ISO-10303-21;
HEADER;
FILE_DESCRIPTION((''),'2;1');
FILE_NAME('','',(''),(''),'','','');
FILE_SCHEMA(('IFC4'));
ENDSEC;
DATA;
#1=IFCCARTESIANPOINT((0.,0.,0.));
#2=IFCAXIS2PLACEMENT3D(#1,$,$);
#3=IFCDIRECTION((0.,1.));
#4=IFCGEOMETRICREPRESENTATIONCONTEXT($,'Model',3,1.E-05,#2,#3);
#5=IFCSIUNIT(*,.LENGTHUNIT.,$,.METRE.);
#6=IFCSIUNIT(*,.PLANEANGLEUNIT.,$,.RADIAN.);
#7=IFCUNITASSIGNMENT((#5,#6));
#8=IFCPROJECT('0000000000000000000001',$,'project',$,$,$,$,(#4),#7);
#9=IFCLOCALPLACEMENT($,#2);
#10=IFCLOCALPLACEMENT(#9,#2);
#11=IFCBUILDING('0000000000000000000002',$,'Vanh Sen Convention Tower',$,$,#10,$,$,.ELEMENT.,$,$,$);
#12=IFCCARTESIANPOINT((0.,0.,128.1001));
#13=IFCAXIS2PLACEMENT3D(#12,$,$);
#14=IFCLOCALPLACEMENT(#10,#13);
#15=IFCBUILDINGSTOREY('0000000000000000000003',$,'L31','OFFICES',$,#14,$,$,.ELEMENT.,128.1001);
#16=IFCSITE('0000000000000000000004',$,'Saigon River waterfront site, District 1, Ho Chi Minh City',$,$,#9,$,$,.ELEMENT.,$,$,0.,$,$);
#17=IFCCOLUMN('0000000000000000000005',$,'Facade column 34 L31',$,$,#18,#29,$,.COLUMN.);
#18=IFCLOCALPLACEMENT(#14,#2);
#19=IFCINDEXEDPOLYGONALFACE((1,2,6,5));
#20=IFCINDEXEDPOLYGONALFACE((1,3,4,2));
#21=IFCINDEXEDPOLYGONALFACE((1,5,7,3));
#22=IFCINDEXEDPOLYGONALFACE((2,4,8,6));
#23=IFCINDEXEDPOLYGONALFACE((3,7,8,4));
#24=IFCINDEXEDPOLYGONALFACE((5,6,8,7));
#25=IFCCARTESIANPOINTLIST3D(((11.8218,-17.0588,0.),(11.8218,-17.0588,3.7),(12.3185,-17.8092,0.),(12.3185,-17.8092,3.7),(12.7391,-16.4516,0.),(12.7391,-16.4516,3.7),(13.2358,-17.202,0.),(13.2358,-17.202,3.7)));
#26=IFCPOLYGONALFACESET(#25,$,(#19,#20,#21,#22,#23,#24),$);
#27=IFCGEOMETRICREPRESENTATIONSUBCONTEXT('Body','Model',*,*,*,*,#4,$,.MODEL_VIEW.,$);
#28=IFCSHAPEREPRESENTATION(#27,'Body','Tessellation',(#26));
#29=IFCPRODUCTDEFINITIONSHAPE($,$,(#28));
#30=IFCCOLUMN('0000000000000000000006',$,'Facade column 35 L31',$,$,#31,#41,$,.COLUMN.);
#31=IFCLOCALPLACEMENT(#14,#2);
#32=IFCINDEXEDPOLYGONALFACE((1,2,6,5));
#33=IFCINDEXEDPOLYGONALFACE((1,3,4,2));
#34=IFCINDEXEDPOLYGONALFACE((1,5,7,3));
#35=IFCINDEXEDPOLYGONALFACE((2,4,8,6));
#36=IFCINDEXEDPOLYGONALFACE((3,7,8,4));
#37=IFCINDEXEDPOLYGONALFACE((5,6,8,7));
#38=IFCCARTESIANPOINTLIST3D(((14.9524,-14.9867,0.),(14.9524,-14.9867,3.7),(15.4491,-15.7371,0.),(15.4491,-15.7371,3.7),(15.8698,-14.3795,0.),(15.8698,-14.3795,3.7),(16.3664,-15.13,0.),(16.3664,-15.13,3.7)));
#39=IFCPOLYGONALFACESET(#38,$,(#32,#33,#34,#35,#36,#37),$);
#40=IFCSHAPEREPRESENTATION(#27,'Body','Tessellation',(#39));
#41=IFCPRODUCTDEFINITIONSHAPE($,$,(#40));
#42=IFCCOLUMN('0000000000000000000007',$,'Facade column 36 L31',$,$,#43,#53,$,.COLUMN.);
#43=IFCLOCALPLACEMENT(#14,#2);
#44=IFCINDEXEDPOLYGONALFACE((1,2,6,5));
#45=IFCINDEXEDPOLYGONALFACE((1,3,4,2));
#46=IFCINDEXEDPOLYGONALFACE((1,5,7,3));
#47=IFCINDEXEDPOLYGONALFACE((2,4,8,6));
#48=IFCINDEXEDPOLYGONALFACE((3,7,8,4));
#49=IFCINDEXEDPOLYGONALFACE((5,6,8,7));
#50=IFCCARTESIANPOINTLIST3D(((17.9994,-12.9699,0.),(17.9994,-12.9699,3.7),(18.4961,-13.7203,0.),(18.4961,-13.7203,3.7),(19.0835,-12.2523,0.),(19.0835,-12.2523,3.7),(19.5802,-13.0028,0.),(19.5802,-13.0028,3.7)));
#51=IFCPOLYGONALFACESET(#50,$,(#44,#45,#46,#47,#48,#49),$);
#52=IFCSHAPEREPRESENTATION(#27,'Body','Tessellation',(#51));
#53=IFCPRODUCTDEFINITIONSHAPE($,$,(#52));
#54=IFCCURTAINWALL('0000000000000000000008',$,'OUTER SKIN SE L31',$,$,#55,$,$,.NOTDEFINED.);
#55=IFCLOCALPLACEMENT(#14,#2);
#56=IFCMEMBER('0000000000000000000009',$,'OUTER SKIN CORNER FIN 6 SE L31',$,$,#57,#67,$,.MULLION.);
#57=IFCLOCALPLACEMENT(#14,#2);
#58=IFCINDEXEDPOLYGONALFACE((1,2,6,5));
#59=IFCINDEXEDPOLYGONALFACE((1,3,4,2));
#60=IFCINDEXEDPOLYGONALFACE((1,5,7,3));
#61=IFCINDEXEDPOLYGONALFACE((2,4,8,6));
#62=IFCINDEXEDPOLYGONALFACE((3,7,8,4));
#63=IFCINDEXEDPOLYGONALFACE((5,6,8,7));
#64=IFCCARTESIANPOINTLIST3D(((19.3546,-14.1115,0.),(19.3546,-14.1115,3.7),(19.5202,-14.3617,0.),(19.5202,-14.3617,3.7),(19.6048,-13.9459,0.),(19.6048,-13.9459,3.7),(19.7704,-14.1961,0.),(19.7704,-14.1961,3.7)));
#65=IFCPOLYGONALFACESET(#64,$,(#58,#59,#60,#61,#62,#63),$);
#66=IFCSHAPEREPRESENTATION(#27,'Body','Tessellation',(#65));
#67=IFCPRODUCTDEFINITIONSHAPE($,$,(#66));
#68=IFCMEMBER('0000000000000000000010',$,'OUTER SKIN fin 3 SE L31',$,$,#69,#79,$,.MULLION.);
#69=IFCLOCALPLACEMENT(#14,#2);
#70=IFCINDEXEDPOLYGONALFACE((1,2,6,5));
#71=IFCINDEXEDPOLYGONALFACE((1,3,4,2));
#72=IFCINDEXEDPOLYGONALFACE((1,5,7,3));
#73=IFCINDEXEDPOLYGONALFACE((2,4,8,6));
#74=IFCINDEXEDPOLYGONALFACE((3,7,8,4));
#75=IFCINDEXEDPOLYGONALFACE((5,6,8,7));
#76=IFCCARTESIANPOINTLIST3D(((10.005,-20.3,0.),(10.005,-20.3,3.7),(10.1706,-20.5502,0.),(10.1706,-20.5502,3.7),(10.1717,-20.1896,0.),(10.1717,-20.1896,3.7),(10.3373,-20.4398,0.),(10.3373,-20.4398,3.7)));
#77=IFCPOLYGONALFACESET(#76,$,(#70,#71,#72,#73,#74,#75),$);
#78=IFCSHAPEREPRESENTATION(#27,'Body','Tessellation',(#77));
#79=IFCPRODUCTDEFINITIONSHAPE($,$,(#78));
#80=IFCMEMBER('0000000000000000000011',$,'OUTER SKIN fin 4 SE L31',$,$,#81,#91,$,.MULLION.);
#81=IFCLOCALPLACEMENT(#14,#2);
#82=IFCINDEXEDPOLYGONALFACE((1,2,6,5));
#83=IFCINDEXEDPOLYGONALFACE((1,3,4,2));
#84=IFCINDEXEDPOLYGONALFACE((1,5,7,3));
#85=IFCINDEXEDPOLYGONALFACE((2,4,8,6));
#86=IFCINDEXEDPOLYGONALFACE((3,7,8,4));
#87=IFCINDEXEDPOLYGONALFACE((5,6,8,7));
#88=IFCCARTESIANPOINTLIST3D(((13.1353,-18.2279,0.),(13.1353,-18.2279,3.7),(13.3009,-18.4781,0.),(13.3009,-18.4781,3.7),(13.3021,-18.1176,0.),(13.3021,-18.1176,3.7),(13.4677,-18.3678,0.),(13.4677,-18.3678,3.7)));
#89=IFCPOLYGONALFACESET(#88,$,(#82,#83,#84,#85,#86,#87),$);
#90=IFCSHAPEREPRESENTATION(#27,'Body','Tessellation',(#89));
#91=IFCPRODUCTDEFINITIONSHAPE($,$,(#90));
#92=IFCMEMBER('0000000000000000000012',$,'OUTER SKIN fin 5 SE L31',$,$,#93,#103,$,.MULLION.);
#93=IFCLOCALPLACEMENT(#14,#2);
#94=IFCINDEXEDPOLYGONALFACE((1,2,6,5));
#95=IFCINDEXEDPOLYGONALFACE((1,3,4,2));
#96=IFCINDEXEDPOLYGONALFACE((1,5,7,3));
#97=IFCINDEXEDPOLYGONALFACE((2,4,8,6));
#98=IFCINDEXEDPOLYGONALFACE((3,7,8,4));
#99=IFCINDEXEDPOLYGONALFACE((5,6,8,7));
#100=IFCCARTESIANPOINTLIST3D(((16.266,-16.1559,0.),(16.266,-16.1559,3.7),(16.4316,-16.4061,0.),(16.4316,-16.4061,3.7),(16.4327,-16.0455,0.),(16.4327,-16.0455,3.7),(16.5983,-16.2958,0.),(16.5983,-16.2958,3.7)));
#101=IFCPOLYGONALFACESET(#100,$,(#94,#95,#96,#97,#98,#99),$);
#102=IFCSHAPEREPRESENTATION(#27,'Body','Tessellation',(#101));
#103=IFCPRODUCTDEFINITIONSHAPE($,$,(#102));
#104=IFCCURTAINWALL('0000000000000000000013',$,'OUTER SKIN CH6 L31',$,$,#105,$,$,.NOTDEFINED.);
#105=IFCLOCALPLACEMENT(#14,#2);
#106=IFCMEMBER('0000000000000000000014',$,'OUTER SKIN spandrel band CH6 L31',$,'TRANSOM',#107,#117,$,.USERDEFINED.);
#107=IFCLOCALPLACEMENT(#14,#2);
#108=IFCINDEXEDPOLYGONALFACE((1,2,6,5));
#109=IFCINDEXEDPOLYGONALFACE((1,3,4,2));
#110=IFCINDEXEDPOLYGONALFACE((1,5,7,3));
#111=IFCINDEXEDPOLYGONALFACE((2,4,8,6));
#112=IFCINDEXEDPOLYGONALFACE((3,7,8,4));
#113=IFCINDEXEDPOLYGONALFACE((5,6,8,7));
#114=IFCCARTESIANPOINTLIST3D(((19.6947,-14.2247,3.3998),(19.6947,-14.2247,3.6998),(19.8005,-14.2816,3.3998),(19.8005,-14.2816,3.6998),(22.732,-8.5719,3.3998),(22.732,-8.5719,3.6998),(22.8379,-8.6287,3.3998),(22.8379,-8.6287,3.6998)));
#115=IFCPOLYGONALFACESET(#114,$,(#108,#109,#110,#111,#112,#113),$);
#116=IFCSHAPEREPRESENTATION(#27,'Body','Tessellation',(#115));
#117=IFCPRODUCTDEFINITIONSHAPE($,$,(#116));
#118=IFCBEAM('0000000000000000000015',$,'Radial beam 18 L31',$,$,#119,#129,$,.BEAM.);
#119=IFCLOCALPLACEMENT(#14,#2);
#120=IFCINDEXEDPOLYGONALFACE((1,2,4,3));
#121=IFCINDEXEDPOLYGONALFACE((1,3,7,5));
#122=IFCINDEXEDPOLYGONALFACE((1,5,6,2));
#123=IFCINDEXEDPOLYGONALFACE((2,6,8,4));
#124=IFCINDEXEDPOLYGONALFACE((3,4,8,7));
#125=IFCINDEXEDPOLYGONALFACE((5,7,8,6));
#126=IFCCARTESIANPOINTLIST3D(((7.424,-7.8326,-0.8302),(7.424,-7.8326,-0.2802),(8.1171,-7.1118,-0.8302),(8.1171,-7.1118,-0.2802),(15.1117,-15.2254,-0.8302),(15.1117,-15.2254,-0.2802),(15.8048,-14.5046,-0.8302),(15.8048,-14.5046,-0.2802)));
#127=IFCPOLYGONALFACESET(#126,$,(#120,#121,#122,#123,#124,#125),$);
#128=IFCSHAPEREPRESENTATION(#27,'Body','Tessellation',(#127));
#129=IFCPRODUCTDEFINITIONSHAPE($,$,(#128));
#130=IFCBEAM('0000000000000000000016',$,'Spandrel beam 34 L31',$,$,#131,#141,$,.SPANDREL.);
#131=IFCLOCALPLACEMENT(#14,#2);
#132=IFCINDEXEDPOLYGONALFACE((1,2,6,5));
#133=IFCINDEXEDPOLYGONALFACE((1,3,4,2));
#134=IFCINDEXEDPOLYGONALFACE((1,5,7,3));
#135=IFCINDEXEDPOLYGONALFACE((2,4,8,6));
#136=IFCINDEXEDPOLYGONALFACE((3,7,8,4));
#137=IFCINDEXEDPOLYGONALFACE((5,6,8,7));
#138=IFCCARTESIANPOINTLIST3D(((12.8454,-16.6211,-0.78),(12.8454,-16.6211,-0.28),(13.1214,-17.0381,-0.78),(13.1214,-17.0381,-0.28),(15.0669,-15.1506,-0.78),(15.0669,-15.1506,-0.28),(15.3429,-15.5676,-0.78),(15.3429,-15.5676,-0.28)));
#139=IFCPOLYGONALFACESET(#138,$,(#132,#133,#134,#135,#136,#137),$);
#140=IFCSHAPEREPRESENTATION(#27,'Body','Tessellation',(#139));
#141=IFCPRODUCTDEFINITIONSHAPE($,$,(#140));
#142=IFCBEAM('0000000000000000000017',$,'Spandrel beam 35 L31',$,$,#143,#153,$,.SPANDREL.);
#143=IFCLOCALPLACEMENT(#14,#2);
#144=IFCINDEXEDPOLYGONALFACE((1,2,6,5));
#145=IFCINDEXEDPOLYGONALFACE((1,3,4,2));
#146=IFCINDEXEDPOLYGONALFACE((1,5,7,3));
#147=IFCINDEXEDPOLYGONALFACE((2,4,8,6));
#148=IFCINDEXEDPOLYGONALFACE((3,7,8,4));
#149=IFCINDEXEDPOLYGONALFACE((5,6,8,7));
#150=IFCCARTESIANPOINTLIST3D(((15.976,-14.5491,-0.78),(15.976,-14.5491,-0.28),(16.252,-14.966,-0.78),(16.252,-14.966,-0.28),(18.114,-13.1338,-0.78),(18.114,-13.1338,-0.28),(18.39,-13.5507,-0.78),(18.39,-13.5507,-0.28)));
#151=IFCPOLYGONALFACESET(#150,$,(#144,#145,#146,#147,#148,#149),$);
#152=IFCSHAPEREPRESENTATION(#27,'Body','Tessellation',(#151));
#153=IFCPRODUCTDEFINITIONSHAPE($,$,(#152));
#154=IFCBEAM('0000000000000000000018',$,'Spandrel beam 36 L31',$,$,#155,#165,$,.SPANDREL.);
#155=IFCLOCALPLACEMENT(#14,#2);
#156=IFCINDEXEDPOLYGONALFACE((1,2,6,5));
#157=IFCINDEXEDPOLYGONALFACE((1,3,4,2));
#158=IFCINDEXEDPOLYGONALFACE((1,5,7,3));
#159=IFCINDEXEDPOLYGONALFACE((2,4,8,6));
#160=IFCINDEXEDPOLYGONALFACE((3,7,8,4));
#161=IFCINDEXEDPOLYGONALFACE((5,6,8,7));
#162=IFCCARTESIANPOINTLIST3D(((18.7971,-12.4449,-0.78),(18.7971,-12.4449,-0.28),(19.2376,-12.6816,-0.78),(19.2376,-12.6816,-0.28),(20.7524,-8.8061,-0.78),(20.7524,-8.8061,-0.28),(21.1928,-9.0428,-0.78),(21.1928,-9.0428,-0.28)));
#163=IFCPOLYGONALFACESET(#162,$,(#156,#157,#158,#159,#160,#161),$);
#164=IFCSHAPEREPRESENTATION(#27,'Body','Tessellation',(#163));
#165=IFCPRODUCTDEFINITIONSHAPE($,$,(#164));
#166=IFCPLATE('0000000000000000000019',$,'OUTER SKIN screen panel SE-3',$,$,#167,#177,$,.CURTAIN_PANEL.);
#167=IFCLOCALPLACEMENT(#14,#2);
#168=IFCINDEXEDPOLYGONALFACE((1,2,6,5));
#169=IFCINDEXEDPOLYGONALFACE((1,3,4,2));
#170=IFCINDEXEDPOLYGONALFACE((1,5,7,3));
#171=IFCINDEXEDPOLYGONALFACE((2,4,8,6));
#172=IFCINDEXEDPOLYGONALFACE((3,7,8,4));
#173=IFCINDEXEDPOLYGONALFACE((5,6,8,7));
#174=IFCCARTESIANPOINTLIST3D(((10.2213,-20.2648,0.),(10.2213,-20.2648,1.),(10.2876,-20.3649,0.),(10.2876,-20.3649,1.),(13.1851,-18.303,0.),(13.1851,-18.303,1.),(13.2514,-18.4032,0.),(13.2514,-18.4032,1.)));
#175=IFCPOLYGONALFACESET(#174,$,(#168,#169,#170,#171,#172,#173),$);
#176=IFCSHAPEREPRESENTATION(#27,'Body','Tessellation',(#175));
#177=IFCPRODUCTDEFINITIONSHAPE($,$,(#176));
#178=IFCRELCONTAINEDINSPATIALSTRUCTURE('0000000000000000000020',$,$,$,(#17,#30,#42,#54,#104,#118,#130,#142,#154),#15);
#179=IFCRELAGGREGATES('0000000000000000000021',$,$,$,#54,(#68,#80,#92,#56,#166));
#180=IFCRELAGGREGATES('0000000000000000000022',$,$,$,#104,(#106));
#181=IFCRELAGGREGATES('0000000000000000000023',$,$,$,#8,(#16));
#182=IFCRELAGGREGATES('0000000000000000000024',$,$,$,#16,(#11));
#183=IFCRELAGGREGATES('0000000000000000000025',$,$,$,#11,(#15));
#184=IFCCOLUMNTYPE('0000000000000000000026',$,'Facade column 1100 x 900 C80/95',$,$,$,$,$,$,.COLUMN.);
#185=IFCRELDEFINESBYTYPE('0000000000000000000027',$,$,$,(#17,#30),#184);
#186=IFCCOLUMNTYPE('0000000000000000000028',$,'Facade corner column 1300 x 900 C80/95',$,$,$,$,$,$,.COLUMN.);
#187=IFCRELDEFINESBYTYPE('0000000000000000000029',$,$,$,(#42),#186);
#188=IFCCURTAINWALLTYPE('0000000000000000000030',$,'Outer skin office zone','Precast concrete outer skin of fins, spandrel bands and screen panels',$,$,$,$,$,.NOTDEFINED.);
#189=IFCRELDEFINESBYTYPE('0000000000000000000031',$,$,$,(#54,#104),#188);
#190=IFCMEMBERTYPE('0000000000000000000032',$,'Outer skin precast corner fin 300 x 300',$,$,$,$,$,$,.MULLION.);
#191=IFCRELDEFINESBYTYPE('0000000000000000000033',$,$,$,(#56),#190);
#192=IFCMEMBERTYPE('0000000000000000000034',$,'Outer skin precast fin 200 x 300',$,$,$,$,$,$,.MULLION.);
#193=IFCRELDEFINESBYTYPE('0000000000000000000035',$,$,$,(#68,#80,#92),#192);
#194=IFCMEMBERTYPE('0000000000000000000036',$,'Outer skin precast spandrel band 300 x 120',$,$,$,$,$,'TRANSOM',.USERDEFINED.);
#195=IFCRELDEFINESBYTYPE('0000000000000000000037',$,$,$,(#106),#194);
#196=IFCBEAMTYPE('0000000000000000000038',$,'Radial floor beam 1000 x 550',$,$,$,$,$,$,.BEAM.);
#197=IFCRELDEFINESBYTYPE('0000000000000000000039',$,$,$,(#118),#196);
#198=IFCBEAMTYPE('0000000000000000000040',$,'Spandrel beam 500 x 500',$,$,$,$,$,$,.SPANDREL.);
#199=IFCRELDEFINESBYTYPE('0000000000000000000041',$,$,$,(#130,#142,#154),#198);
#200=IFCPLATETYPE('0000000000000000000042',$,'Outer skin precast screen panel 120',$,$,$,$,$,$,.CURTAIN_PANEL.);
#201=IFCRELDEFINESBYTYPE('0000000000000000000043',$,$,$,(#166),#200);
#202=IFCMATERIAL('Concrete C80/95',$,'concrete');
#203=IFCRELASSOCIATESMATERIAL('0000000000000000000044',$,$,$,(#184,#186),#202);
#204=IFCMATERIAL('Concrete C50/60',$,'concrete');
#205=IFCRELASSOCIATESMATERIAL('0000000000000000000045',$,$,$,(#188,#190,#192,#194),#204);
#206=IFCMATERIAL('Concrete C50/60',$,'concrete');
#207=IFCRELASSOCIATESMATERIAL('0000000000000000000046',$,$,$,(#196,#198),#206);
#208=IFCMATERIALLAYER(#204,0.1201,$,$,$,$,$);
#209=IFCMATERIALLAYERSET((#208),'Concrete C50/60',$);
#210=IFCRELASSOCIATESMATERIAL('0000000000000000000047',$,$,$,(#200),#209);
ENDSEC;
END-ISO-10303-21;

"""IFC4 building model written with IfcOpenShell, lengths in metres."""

from ifc_helpers import new_model, si_unit, direction, frame, origin, origin_2d, place, context, subcontext, project, spatial, rectangle, extrude, material, layer, layer_set, material_profile, profile_set, type_object, element, aggregate, save


model = new_model("IFC4")

# Units and contexts
model_context = context("Model", 3, precision=1e-05, world=origin(), true_north=direction((0.0, 1.0)))
body_context = subcontext(model_context, "Body", "Model", "MODEL_VIEW")
ifc_project = project(units=[si_unit("LENGTHUNIT", "METRE"), si_unit("PLANEANGLEUNIT", "RADIAN")], contexts=[model_context])

# Site, building, storey
site_placement = place(None, origin())
site = spatial("IfcSite", under=ifc_project, at=site_placement, Name="Saigon River waterfront site, District 1, Ho Chi Minh City", CompositionType="ELEMENT", RefElevation=0.0)
building_placement = place(site_placement, origin())
building = spatial("IfcBuilding", under=site, at=building_placement, Name="Vanh Sen Convention Tower", CompositionType="ELEMENT")
storey_placement = place(building_placement, frame((0.0, 0.0, 128.1001)))
storey = spatial("IfcBuildingStorey", under=building, at=storey_placement, Name="L31", Description="OFFICES", CompositionType="ELEMENT", Elevation=128.1001)

# Columns
ifc_material_1 = material(Name="Concrete C80/95", Category="concrete")
ifc_material_profile_1 = material_profile(ifc_material_1, rectangle(XDim=1.1001, YDim=0.8999, at=origin_2d()), Name="RC 1100X900")
ifc_profile_set_1 = profile_set([ifc_material_profile_1], Name="Concrete C80/95")
column_type_1 = type_object("IfcColumnType", Name="Facade column 1100 x 900 C80/95", PredefinedType="COLUMN", material=ifc_profile_set_1)
for number, where, z_axis, x_axis, name in (
    (1, (12.5288, -17.1304, 0.0), (0.0, 0.0, 1.0), (0.833886, 0.551937, 0.0), "Facade column 34 L31"),
    (2, (15.6594, -15.0583, 0.0), (0.0, 0.0, 1.0), (0.833886, 0.551937, 0.0), "Facade column 35 L31"),
):
    element("IfcColumn", number, at=place(storey_placement, frame(where, z_axis=z_axis, x_axis=x_axis)), inside=storey, type_object=column_type_1, Name=name, PredefinedType="COLUMN", context=body_context, shape_type="SweptSolid", body=[
        extrude(rectangle(XDim=1.1001, YDim=0.8999, at=origin_2d()), origin(), (0.0, 0.0, 1.0), 3.7),
    ])
ifc_material_profile_2 = material_profile(ifc_material_1, rectangle(XDim=1.3, YDim=0.8999, at=origin_2d()), Name="RC 1300X900")
ifc_profile_set_2 = profile_set([ifc_material_profile_2], Name="Concrete C80/95")
column_type_2 = type_object("IfcColumnType", Name="Facade corner column 1300 x 900 C80/95", PredefinedType="COLUMN", material=ifc_profile_set_2)
column_placement = place(storey_placement, frame((18.7898, -12.9863, 0.0), z_axis=(0.0, 0.0, 1.0), x_axis=(0.833886, 0.551937, 0.0)))
element("IfcColumn", 3, at=column_placement, inside=storey, type_object=column_type_2, Name="Facade column 36 L31", PredefinedType="COLUMN", context=body_context, shape_type="SweptSolid", body=[
    extrude(rectangle(XDim=1.3, YDim=0.8999, at=origin_2d()), origin(), (0.0, 0.0, 1.0), 3.7),
])

# Curtain wall, members
ifc_material_2 = material(Name="Concrete C50/60", Category="concrete")
curtain_wall_type = type_object("IfcCurtainWallType", Name="Outer skin office zone", Description="Precast concrete outer skin of fins, spandrel bands and screen panels", PredefinedType="NOTDEFINED", material=ifc_material_2)
curtain_wall_1_placement = place(storey_placement, origin())
curtain_wall_1 = element("IfcCurtainWall", 4, at=curtain_wall_1_placement, inside=storey, type_object=curtain_wall_type, Name="OUTER SKIN SE L31", PredefinedType="NOTDEFINED")
ifc_material_profile_3 = material_profile(ifc_material_2, rectangle(XDim=0.3, YDim=0.3, at=origin_2d()), Name="Outer skin precast corner fin 300 x 300")
ifc_profile_set_3 = profile_set([ifc_material_profile_3], Name="Concrete C50/60")
member_type_1 = type_object("IfcMemberType", Name="Outer skin precast corner fin 300 x 300", PredefinedType="MULLION", material=ifc_profile_set_3)
member_1_placement = place(storey_placement, frame((19.5625, -14.1538, 0.0), z_axis=(0.0, 0.0, 1.0), x_axis=(0.833886, 0.551937, 0.0)))
member_1 = element("IfcMember", 5, at=member_1_placement, type_object=member_type_1, Name="OUTER SKIN CORNER FIN 6 SE L31", PredefinedType="MULLION", context=body_context, shape_type="SweptSolid", body=[
    extrude(rectangle(XDim=0.3, YDim=0.3, at=origin_2d()), origin(), (0.0, 0.0, 1.0), 3.7),
])
ifc_material_profile_4 = material_profile(ifc_material_2, rectangle(XDim=0.2, YDim=0.3, at=origin_2d()), Name="Outer skin precast fin 200 x 300")
ifc_profile_set_4 = profile_set([ifc_material_profile_4], Name="Concrete C50/60")
member_type_2 = type_object("IfcMemberType", Name="Outer skin precast fin 200 x 300", PredefinedType="MULLION", material=ifc_profile_set_4)
member_2_placement = place(storey_placement, frame((10.1711, -20.3699, 0.0), z_axis=(0.0, 0.0, 1.0), x_axis=(0.833886, 0.551937, 0.0)))
member_2 = element("IfcMember", 6, at=member_2_placement, type_object=member_type_2, Name="OUTER SKIN fin 3 SE L31", PredefinedType="MULLION", context=body_context, shape_type="SweptSolid", body=[
    extrude(rectangle(XDim=0.2, YDim=0.3, at=origin_2d()), origin(), (0.0, 0.0, 1.0), 3.7),
])
member_3_placement = place(storey_placement, frame((13.3015, -18.2979, 0.0), z_axis=(0.0, 0.0, 1.0), x_axis=(0.833886, 0.551937, 0.0)))
member_3 = element("IfcMember", 7, at=member_3_placement, type_object=member_type_2, Name="OUTER SKIN fin 4 SE L31", PredefinedType="MULLION", context=body_context, shape_type="SweptSolid", body=[
    extrude(rectangle(XDim=0.2, YDim=0.3, at=origin_2d()), origin(), (0.0, 0.0, 1.0), 3.7),
])
member_4_placement = place(storey_placement, frame((16.4321, -16.2258, 0.0), z_axis=(0.0, 0.0, 1.0), x_axis=(0.833886, 0.551937, 0.0)))
member_4 = element("IfcMember", 8, at=member_4_placement, type_object=member_type_2, Name="OUTER SKIN fin 5 SE L31", PredefinedType="MULLION", context=body_context, shape_type="SweptSolid", body=[
    extrude(rectangle(XDim=0.2, YDim=0.3, at=origin_2d()), origin(), (0.0, 0.0, 1.0), 3.7),
])

# Curtain wall, member
curtain_wall_2_placement = place(storey_placement, origin())
curtain_wall_2 = element("IfcCurtainWall", 9, at=curtain_wall_2_placement, inside=storey, type_object=curtain_wall_type, Name="OUTER SKIN CH6 L31", PredefinedType="NOTDEFINED")
ifc_material_profile_5 = material_profile(ifc_material_2, rectangle(XDim=0.1201, YDim=0.3, at=origin_2d()), Name="Outer skin precast spandrel band 300 x 120")
ifc_profile_set_5 = profile_set([ifc_material_profile_5], Name="Concrete C50/60")
member_type_3 = type_object("IfcMemberType", Name="Outer skin precast spandrel band 300 x 120", ElementType="TRANSOM", PredefinedType="USERDEFINED", material=ifc_profile_set_5)
member_5_placement = place(storey_placement, frame((19.7476, -14.2532, 3.5498), z_axis=(0.473317, 0.880892, 0.0), x_axis=(-0.880892, 0.473317, 0.0)))
member_5 = element("IfcMember", 10, at=member_5_placement, type_object=member_type_3, Name="OUTER SKIN spandrel band CH6 L31", ObjectType="TRANSOM", PredefinedType="USERDEFINED", context=body_context, shape_type="SweptSolid", body=[
    extrude(rectangle(XDim=0.1201, YDim=0.3, at=origin_2d()), origin(), (0.0, 0.0, 1.0), 6.4172),
])

# Beams
ifc_material_3 = material(Name="Concrete C50/60", Category="concrete")
ifc_material_profile_6 = material_profile(ifc_material_3, rectangle(XDim=1.0, YDim=0.55, at=origin_2d()), Name="RC 1000X550")
ifc_profile_set_6 = profile_set([ifc_material_profile_6], Name="Concrete C50/60")
beam_type_1 = type_object("IfcBeamType", Name="Radial floor beam 1000 x 550", PredefinedType="BEAM", material=ifc_profile_set_6)
beam_1_placement = place(storey_placement, frame((15.4583, -14.865, -0.5552), z_axis=(-0.720797, 0.693146, 0.0), x_axis=(-0.693146, -0.720797, 0.0)))
element("IfcBeam", 11, at=beam_1_placement, inside=storey, type_object=beam_type_1, Name="Radial beam 18 L31", PredefinedType="BEAM", context=body_context, shape_type="SweptSolid", body=[
    extrude(rectangle(XDim=1.0, YDim=0.55, at=origin_2d()), origin(), (0.0, 0.0, 1.0), 10.6655),
])
ifc_material_profile_7 = material_profile(ifc_material_3, rectangle(XDim=0.5, YDim=0.5, at=origin_2d()), Name="RC 500X500")
ifc_profile_set_7 = profile_set([ifc_material_profile_7], Name="Concrete C50/60")
beam_type_2 = type_object("IfcBeamType", Name="Spandrel beam 500 x 500", PredefinedType="SPANDREL", material=ifc_profile_set_7)
beam_2_placement = place(storey_placement, frame((12.9834, -16.8296, -0.53), z_axis=(0.833865, 0.551969, 0.0), x_axis=(-0.551969, 0.833865, 0.0)))
element("IfcBeam", 12, at=beam_2_placement, inside=storey, type_object=beam_type_2, Name="Spandrel beam 34 L31", PredefinedType="SPANDREL", context=body_context, shape_type="SweptSolid", body=[
    extrude(rectangle(XDim=0.5, YDim=0.5, at=origin_2d()), origin(), (0.0, 0.0, 1.0), 2.6641),
])
beam_3_placement = place(storey_placement, frame((16.114, -14.7576, -0.53), z_axis=(0.833848, 0.551994, 0.0), x_axis=(-0.551994, 0.833848, 0.0)))
element("IfcBeam", 13, at=beam_3_placement, inside=storey, type_object=beam_type_2, Name="Spandrel beam 35 L31", PredefinedType="SPANDREL", context=body_context, shape_type="SweptSolid", body=[
    extrude(rectangle(XDim=0.5, YDim=0.5, at=origin_2d()), origin(), (0.0, 0.0, 1.0), 2.564),
])
beam_4_placement = place(storey_placement, frame((19.0173, -12.5632, -0.53), z_axis=(0.473331, 0.880884, 0.0), x_axis=(-0.880884, 0.473331, 0.0)))
element("IfcBeam", 14, at=beam_4_placement, inside=storey, type_object=beam_type_2, Name="Spandrel beam 36 L31", PredefinedType="SPANDREL", context=body_context, shape_type="SweptSolid", body=[
    extrude(rectangle(XDim=0.5, YDim=0.5, at=origin_2d()), origin(), (0.0, 0.0, 1.0), 4.1309),
])

# Plate
ifc_layer_1 = layer(ifc_material_2, 0.1201)
ifc_layer_set_1 = layer_set([ifc_layer_1], Name="Concrete C50/60")
plate_type = type_object("IfcPlateType", Name="Outer skin precast screen panel 120", PredefinedType="CURTAIN_PANEL", material=ifc_layer_set_1)
plate_1_placement = place(storey_placement, frame((11.7363, -19.334, 0.0), z_axis=(0.0, 0.0, 1.0), x_axis=(0.833877, 0.55195, 0.0)))
plate_1 = element("IfcPlate", 15, at=plate_1_placement, type_object=plate_type, Name="OUTER SKIN screen panel SE-3", PredefinedType="CURTAIN_PANEL", context=body_context, shape_type="SweptSolid", body=[
    extrude(rectangle(XDim=3.5542, YDim=0.1201, at=origin_2d()), origin(), (0.0, 0.0, 1.0), 1.0),
])
aggregate(curtain_wall_1, [member_2, member_3, member_4, member_1, plate_1])
aggregate(curtain_wall_2, [member_5])

save(model, "model.ifc")
